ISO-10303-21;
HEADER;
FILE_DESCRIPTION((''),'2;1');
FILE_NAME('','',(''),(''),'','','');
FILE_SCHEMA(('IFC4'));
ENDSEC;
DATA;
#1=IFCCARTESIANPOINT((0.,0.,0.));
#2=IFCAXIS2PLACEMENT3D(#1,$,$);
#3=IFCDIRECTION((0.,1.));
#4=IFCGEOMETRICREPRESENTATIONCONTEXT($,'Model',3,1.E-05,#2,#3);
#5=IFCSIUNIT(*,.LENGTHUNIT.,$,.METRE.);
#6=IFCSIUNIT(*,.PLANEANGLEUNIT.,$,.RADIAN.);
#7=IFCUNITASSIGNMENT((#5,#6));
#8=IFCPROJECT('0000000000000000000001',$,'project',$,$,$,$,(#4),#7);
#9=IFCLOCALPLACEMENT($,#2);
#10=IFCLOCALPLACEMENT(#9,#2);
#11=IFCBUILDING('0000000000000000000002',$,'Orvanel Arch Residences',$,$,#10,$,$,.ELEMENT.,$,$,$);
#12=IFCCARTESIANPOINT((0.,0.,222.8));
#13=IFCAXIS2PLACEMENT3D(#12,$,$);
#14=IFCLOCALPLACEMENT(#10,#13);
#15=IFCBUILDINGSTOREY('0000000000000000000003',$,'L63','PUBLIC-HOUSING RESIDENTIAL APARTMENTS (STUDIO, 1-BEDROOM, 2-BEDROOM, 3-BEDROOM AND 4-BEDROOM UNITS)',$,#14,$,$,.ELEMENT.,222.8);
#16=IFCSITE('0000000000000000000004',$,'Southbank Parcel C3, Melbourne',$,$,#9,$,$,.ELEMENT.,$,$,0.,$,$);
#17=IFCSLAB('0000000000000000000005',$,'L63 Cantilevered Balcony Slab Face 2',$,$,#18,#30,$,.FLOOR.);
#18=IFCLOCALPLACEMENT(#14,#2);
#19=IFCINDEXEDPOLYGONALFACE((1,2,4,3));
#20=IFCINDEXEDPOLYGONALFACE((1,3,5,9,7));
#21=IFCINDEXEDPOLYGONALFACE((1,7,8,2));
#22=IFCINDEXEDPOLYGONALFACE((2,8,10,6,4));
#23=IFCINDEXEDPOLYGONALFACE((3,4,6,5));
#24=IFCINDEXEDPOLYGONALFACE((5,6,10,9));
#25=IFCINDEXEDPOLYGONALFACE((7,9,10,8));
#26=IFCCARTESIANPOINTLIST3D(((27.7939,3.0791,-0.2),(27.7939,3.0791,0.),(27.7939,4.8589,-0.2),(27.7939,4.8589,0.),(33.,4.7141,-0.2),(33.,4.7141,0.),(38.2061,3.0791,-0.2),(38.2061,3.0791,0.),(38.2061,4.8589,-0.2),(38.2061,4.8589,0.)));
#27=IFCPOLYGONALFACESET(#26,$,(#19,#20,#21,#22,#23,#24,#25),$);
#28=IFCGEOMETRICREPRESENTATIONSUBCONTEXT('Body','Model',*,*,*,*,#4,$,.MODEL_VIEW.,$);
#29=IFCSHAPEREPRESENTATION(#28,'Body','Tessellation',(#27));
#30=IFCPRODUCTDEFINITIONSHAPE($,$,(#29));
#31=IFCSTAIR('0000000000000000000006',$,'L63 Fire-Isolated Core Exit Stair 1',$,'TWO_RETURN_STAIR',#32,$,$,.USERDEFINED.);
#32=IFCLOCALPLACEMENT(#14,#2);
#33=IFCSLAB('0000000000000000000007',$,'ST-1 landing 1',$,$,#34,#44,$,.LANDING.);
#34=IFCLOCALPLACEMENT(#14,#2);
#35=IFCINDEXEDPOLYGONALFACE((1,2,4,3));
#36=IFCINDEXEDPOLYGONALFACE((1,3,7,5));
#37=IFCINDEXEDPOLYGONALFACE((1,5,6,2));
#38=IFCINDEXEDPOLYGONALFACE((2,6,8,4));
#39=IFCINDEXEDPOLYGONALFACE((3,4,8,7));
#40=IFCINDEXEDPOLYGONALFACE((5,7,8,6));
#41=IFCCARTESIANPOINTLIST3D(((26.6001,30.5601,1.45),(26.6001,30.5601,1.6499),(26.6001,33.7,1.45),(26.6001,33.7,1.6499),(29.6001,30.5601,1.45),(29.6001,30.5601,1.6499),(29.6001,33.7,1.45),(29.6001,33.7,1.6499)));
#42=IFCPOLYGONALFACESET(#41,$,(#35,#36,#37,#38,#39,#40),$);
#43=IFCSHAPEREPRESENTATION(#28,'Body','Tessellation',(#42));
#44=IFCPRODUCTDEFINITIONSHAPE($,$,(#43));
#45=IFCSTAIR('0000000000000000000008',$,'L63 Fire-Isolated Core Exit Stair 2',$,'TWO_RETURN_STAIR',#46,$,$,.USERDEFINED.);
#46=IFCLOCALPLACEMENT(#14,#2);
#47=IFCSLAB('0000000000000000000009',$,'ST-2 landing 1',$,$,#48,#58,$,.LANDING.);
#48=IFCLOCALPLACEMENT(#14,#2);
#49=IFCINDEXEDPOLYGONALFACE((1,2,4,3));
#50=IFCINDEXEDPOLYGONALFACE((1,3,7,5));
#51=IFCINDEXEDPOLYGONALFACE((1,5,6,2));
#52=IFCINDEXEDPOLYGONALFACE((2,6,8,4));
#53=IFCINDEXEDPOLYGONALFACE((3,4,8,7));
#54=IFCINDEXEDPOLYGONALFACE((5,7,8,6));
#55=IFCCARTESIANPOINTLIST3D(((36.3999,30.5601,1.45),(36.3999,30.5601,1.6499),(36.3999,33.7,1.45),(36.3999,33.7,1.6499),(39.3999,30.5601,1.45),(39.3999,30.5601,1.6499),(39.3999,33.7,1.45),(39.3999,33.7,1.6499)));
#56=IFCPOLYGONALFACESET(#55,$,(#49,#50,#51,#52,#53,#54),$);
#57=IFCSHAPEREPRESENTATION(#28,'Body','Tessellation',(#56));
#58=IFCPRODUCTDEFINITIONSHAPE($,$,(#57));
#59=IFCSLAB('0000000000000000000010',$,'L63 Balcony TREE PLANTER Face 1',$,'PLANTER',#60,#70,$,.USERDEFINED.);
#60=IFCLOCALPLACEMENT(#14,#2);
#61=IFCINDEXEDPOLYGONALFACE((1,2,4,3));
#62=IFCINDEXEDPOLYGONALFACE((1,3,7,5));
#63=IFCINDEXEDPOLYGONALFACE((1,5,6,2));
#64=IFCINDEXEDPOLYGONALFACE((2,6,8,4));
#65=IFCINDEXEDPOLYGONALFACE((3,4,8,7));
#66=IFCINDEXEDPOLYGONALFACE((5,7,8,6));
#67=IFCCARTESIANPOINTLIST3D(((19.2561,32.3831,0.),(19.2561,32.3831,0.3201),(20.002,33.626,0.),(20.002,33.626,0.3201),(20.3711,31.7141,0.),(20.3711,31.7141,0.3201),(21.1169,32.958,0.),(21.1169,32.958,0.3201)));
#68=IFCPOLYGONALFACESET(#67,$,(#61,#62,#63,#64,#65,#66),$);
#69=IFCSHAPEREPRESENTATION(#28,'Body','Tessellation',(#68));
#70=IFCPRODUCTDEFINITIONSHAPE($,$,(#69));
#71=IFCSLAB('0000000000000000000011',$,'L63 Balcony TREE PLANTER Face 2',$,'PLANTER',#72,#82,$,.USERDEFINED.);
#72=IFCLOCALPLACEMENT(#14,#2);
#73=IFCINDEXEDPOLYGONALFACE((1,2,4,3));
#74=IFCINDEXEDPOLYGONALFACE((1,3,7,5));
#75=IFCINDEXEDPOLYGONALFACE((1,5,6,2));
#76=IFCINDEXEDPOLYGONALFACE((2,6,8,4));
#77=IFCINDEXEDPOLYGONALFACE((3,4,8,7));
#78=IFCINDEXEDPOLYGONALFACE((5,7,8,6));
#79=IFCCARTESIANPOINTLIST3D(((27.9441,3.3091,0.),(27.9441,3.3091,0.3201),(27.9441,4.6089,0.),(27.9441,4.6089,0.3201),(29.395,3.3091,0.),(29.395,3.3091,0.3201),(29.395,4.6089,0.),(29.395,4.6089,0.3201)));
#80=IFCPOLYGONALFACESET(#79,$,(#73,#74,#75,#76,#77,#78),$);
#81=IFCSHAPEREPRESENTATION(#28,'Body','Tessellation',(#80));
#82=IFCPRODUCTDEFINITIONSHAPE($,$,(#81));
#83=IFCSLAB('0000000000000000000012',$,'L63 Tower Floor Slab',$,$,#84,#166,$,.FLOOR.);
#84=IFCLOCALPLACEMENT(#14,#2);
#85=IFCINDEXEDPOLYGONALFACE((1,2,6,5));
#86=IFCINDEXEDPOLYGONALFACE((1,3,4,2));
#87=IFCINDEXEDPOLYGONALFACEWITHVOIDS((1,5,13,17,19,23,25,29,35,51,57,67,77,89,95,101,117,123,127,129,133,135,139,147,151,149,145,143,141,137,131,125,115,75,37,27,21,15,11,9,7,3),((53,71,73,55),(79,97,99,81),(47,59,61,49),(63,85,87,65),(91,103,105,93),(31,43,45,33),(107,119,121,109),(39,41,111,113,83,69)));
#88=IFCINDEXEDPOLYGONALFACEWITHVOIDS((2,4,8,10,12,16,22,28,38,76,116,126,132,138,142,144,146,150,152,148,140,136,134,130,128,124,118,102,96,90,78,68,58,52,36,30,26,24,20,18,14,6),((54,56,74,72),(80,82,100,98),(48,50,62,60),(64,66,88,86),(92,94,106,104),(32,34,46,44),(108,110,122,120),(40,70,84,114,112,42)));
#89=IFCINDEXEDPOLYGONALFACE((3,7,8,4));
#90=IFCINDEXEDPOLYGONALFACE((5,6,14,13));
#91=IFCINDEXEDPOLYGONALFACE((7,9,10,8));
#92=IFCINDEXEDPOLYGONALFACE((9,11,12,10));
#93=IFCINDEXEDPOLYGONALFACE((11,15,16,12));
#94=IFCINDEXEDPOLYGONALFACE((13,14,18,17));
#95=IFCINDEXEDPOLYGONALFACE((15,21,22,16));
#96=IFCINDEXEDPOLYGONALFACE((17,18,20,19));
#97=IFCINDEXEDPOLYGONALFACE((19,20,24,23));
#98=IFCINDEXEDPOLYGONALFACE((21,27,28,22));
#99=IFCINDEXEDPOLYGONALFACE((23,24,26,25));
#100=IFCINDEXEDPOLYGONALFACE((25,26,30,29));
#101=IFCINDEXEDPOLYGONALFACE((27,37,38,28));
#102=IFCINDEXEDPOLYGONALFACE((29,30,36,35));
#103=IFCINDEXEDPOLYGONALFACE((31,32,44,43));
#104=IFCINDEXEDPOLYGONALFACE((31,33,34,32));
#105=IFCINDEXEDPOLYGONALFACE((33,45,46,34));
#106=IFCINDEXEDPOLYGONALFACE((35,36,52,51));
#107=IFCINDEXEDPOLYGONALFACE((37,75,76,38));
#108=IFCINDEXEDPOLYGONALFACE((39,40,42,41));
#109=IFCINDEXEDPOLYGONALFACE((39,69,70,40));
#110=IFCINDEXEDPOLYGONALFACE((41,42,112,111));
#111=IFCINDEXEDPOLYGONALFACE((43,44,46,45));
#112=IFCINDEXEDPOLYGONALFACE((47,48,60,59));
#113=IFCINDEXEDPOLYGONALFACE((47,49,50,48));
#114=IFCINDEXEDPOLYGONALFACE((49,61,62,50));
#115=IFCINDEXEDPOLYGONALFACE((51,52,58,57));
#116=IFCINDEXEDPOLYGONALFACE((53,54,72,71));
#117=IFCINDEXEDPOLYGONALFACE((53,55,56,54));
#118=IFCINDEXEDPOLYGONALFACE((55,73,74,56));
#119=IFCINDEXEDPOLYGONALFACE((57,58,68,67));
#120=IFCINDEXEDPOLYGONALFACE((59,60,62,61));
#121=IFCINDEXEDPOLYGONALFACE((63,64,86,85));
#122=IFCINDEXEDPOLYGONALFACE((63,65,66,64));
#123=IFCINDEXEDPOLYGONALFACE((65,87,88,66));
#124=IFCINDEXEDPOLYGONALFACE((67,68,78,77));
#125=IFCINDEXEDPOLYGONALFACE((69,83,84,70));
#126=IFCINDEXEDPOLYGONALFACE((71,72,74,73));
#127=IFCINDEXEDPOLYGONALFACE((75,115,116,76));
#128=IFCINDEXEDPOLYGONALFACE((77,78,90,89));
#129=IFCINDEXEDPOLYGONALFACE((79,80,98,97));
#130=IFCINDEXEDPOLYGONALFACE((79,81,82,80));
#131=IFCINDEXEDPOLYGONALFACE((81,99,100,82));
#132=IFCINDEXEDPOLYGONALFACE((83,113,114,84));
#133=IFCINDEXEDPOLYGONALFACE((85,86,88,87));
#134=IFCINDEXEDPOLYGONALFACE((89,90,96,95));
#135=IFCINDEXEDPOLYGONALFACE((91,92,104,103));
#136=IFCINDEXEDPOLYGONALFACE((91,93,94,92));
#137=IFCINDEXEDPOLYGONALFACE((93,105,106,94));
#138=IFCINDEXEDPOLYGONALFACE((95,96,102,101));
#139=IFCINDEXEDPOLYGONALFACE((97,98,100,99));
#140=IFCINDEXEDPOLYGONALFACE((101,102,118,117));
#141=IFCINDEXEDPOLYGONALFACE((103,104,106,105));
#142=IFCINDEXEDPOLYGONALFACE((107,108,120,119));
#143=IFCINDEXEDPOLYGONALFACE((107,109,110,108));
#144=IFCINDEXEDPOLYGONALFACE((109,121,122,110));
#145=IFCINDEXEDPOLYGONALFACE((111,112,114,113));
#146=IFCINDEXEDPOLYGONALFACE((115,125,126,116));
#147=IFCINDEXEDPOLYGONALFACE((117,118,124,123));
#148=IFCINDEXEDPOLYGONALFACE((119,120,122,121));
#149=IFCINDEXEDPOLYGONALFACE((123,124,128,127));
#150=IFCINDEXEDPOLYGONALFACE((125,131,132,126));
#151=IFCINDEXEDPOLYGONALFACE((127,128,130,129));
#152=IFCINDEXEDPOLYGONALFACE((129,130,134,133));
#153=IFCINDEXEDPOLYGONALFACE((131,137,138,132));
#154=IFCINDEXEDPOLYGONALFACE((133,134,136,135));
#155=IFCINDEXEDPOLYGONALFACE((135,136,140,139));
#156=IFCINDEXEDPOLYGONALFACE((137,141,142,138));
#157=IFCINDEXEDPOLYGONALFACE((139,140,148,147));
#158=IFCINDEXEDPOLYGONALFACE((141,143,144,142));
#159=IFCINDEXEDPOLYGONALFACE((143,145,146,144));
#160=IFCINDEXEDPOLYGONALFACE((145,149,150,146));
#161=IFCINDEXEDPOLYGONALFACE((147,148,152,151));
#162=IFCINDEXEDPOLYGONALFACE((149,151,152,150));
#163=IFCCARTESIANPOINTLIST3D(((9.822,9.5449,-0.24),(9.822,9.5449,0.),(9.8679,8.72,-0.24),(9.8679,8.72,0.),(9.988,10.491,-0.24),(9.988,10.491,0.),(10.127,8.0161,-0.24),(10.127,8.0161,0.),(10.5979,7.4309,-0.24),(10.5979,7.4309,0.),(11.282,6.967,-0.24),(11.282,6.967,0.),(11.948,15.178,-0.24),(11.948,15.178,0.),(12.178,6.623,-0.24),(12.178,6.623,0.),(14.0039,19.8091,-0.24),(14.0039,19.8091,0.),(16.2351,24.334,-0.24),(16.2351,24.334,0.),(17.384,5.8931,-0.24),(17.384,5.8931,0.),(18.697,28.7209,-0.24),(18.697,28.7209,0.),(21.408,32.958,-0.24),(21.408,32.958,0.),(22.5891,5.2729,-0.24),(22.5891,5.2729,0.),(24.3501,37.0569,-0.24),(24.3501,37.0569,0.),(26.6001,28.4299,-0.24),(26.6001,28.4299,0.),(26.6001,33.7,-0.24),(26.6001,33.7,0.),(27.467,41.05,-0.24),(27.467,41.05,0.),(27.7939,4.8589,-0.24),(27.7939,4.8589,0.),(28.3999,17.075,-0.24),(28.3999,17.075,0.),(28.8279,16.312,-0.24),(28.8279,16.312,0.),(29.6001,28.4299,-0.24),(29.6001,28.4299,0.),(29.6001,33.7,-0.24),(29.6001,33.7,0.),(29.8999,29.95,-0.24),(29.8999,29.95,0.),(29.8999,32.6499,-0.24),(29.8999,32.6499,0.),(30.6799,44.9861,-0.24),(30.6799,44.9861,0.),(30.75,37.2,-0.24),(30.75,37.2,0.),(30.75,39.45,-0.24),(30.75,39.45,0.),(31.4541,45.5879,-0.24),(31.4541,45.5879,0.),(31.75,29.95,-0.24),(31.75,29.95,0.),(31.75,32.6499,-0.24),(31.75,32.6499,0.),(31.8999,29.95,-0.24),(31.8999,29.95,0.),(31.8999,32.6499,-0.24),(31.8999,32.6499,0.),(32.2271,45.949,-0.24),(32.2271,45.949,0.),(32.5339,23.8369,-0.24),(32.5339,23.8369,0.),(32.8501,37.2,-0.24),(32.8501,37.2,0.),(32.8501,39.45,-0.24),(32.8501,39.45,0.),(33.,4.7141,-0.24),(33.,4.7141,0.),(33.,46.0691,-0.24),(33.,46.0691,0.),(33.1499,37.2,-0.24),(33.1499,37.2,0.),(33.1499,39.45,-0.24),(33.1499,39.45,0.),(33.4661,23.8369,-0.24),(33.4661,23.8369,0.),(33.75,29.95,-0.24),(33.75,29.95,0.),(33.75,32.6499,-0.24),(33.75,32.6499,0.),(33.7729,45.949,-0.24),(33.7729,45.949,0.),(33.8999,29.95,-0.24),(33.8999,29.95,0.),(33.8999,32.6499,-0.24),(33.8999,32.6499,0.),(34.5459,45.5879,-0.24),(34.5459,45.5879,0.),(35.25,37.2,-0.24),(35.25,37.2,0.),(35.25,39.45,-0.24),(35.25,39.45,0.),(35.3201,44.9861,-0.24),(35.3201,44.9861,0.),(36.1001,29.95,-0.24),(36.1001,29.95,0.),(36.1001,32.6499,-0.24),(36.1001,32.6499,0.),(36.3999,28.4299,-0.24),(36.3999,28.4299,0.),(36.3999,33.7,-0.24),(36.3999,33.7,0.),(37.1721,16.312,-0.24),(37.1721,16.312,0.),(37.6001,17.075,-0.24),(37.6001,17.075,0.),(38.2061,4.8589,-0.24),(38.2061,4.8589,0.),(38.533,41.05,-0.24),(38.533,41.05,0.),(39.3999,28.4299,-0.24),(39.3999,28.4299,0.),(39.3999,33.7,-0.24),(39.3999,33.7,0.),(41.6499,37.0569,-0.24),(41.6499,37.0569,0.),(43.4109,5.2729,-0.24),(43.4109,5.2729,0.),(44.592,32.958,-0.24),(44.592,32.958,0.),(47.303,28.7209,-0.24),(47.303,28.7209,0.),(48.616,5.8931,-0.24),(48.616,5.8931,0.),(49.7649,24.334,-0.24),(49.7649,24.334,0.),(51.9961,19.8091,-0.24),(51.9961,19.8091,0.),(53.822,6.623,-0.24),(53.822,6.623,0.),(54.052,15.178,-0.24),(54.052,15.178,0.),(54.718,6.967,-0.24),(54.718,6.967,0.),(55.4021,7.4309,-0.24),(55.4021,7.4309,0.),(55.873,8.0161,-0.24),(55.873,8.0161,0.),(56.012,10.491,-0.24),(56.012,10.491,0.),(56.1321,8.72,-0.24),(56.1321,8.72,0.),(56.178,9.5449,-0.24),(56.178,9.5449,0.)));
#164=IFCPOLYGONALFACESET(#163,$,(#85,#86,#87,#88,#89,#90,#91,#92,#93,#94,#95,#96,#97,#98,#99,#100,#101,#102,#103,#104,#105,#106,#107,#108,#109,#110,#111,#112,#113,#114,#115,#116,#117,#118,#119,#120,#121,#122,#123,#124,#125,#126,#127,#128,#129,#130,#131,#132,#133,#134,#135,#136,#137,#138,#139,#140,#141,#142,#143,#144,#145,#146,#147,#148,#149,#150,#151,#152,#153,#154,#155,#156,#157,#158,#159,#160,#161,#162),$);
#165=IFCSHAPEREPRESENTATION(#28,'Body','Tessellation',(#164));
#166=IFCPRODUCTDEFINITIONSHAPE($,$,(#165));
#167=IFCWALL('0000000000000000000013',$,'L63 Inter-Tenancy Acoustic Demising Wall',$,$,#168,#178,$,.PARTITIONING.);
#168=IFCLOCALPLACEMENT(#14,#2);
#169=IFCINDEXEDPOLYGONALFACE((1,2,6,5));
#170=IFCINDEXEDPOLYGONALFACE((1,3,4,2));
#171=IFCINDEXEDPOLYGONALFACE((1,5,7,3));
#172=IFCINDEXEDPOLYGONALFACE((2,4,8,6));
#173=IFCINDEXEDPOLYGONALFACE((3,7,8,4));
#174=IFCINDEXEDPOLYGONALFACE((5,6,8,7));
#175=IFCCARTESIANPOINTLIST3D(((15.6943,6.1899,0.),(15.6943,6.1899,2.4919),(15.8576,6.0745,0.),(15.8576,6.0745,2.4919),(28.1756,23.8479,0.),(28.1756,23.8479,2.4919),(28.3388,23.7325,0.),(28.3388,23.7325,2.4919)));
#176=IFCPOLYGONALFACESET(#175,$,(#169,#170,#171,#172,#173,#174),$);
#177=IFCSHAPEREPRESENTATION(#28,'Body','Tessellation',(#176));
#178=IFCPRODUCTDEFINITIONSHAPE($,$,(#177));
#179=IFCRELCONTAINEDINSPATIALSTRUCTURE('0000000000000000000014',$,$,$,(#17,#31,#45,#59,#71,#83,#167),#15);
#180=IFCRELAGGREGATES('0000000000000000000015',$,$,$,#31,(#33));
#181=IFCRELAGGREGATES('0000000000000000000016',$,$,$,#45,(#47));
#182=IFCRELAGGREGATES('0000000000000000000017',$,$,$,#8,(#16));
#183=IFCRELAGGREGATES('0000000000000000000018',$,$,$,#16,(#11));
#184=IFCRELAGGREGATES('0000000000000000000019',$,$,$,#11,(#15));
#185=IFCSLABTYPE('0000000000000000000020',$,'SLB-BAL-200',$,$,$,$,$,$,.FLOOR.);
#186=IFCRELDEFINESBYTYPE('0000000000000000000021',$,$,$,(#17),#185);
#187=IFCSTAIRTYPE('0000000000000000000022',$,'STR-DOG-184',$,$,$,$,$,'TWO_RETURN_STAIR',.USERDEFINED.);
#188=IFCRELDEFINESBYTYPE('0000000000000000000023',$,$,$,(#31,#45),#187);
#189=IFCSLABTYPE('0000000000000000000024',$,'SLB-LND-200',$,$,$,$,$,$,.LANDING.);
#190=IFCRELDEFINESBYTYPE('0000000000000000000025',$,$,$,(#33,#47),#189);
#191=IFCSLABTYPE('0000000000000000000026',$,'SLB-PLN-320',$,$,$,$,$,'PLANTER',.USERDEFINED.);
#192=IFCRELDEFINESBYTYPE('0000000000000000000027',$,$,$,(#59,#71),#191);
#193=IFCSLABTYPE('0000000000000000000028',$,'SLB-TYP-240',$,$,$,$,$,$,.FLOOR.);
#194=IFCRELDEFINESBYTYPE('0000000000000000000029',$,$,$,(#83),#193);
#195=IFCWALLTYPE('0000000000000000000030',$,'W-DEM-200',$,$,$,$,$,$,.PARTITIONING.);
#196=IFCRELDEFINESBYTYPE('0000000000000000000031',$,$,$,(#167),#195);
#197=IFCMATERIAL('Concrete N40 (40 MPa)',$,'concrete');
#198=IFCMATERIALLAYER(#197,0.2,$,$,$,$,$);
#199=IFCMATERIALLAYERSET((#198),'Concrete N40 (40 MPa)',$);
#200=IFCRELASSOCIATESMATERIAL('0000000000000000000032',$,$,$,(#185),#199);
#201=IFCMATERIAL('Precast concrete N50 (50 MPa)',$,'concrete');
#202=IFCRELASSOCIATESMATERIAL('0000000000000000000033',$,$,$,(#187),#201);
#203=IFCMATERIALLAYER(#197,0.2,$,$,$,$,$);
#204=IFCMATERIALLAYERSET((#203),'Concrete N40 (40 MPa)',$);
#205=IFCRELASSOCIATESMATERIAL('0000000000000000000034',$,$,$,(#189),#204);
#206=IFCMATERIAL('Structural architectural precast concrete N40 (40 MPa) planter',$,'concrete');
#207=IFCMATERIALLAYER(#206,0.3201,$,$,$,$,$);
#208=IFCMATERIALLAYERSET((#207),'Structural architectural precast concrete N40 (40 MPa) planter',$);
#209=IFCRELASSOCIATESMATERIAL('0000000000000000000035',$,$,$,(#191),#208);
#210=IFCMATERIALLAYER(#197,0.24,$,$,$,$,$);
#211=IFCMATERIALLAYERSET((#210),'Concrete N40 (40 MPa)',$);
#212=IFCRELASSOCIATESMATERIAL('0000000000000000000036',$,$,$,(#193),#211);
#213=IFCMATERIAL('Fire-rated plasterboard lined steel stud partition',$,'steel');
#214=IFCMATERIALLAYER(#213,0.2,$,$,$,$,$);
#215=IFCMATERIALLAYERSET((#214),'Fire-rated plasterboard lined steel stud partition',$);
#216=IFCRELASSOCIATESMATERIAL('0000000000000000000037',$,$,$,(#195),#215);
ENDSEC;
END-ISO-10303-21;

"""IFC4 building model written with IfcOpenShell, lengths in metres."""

from ifc_helpers import new_model, si_unit, direction, frame, frame_2d, origin, place, context, subcontext, project, spatial, polyline, rectangle, outline, extrude, material, layer, layer_set, type_object, element, aggregate, save


model = new_model("IFC4")

# Units and contexts
model_context = context("Model", 3, precision=1e-05, world=origin(), true_north=direction((0.0, 1.0)))
body_context = subcontext(model_context, "Body", "Model", "MODEL_VIEW")
ifc_project = project(units=[si_unit("LENGTHUNIT", "METRE"), si_unit("PLANEANGLEUNIT", "RADIAN")], contexts=[model_context])

# Site, building, storey
site_placement = place(None, origin())
site = spatial("IfcSite", under=ifc_project, at=site_placement, Name="Southbank Parcel C3, Melbourne", CompositionType="ELEMENT", RefElevation=0.0)
building_placement = place(site_placement, origin())
building = spatial("IfcBuilding", under=site, at=building_placement, Name="Orvanel Arch Residences", CompositionType="ELEMENT")
storey_placement = place(building_placement, frame((0.0, 0.0, 222.8)))
storey = spatial("IfcBuildingStorey", under=building, at=storey_placement, Name="L63", Description="PUBLIC-HOUSING RESIDENTIAL APARTMENTS (STUDIO, 1-BEDROOM, 2-BEDROOM, 3-BEDROOM AND 4-BEDROOM UNITS)", CompositionType="ELEMENT", Elevation=222.8)

# Slab
ifc_material_1 = material(Name="Concrete N40 (40 MPa)", Category="concrete")
ifc_layer_1 = layer(ifc_material_1, 0.2)
ifc_layer_set_1 = layer_set([ifc_layer_1], Name="Concrete N40 (40 MPa)")
slab_type_1 = type_object("IfcSlabType", Name="SLB-BAL-200", PredefinedType="FLOOR", material=ifc_layer_set_1)
slab_1_placement = place(storey_placement, frame((0.0, 0.0, -0.2)))
element("IfcSlab", 1, at=slab_1_placement, inside=storey, type_object=slab_type_1, Name="L63 Cantilevered Balcony Slab Face 2", PredefinedType="FLOOR", context=body_context, shape_type="SweptSolid", body=[
    extrude(outline(polyline([(27.7939, 3.0791), (38.2061, 3.0791), (38.2061, 4.8589), (33.0, 4.7141), (27.7939, 4.8589), (27.7939, 3.0791)])), origin(), (0.0, 0.0, 1.0), 0.2),
])

# Stairs, slabs
ifc_material_2 = material(Name="Precast concrete N50 (50 MPa)", Category="concrete")
stair_type = type_object("IfcStairType", Name="STR-DOG-184", ElementType="TWO_RETURN_STAIR", PredefinedType="USERDEFINED", material=ifc_material_2)
stair_1_placement = place(storey_placement, origin())
stair_1 = element("IfcStair", 2, at=stair_1_placement, inside=storey, type_object=stair_type, Name="L63 Fire-Isolated Core Exit Stair 1", ObjectType="TWO_RETURN_STAIR", PredefinedType="USERDEFINED")
ifc_layer_2 = layer(ifc_material_1, 0.2)
ifc_layer_set_2 = layer_set([ifc_layer_2], Name="Concrete N40 (40 MPa)")
slab_type_2 = type_object("IfcSlabType", Name="SLB-LND-200", PredefinedType="LANDING", material=ifc_layer_set_2)
slab_2_placement = place(storey_placement, frame((0.0, 0.0, 1.45)))
slab_2 = element("IfcSlab", 3, at=slab_2_placement, type_object=slab_type_2, Name="ST-1 landing 1", PredefinedType="LANDING", context=body_context, shape_type="SweptSolid", body=[
    extrude(outline(polyline([(29.6001, 30.5601), (29.6001, 33.7), (26.6001, 33.7), (26.6001, 30.5601), (29.6001, 30.5601)])), origin(), (0.0, 0.0, 1.0), 0.2),
])
aggregate(stair_1, [slab_2])
stair_2_placement = place(storey_placement, origin())
stair_2 = element("IfcStair", 4, at=stair_2_placement, inside=storey, type_object=stair_type, Name="L63 Fire-Isolated Core Exit Stair 2", ObjectType="TWO_RETURN_STAIR", PredefinedType="USERDEFINED")
slab_3_placement = place(storey_placement, frame((0.0, 0.0, 1.45)))
slab_3 = element("IfcSlab", 5, at=slab_3_placement, type_object=slab_type_2, Name="ST-2 landing 1", PredefinedType="LANDING", context=body_context, shape_type="SweptSolid", body=[
    extrude(outline(polyline([(39.3999, 30.5601), (39.3999, 33.7), (36.3999, 33.7), (36.3999, 30.5601), (39.3999, 30.5601)])), origin(), (0.0, 0.0, 1.0), 0.2),
])
aggregate(stair_2, [slab_3])

# Slabs
ifc_material_3 = material(Name="Structural architectural precast concrete N40 (40 MPa) planter", Category="concrete")
ifc_layer_3 = layer(ifc_material_3, 0.3201)
ifc_layer_set_3 = layer_set([ifc_layer_3], Name="Structural architectural precast concrete N40 (40 MPa) planter")
slab_type_3 = type_object("IfcSlabType", Name="SLB-PLN-320", ElementType="PLANTER", PredefinedType="USERDEFINED", material=ifc_layer_set_3)
slab_4_placement = place(storey_placement, origin())
element("IfcSlab", 6, at=slab_4_placement, inside=storey, type_object=slab_type_3, Name="L63 Balcony TREE PLANTER Face 1", ObjectType="PLANTER", PredefinedType="USERDEFINED", context=body_context, shape_type="SweptSolid", body=[
    extrude(outline(polyline([(20.002, 33.626), (19.2561, 32.3831), (20.3711, 31.7141), (21.1169, 32.958), (20.002, 33.626)])), origin(), (0.0, 0.0, 1.0), 0.3201),
])
slab_5_placement = place(storey_placement, origin())
element("IfcSlab", 7, at=slab_5_placement, inside=storey, type_object=slab_type_3, Name="L63 Balcony TREE PLANTER Face 2", ObjectType="PLANTER", PredefinedType="USERDEFINED", context=body_context, shape_type="SweptSolid", body=[
    extrude(outline(polyline([(27.9441, 3.3091), (29.395, 3.3091), (29.395, 4.6089), (27.9441, 4.6089), (27.9441, 3.3091)])), origin(), (0.0, 0.0, 1.0), 0.3201),
])
ifc_layer_4 = layer(ifc_material_1, 0.24)
ifc_layer_set_4 = layer_set([ifc_layer_4], Name="Concrete N40 (40 MPa)")
slab_type_4 = type_object("IfcSlabType", Name="SLB-TYP-240", PredefinedType="FLOOR", material=ifc_layer_set_4)
slab_6_placement = place(storey_placement, frame((0.0, 0.0, -0.24)))
element("IfcSlab", 8, at=slab_6_placement, inside=storey, type_object=slab_type_4, Name="L63 Tower Floor Slab", PredefinedType="FLOOR", context=body_context, shape_type="SweptSolid", body=[
    extrude(outline(polyline([(35.3201, 44.9861), (34.5459, 45.5879), (33.7729, 45.949), (33.0, 46.0691), (32.2271, 45.949), (31.4541, 45.5879), (30.6799, 44.9861), (27.467, 41.05), (24.3501, 37.0569), (21.408, 32.958), (18.697, 28.7209), (16.2351, 24.334), (14.0039, 19.8091), (11.948, 15.178), (9.988, 10.491), (9.822, 9.5449), (9.8679, 8.72), (10.127, 8.0161), (10.5979, 7.4309), (11.282, 6.967), (12.178, 6.623), (17.384, 5.8931), (22.5891, 5.2729), (27.7939, 4.8589), (33.0, 4.7141), (38.2061, 4.8589), (43.4109, 5.2729), (48.616, 5.8931), (53.822, 6.623), (54.718, 6.967), (55.4021, 7.4309), (55.873, 8.0161), (56.1321, 8.72), (56.178, 9.5449), (56.012, 10.491), (54.052, 15.178), (51.9961, 19.8091), (49.7649, 24.334), (47.303, 28.7209), (44.592, 32.958), (41.6499, 37.0569), (38.533, 41.05), (35.3201, 44.9861)]), holes=[polyline([(26.6001, 28.4299), (26.6001, 33.7), (29.6001, 33.7), (29.6001, 28.4299), (26.6001, 28.4299)]), polyline([(36.3999, 28.4299), (36.3999, 33.7), (39.3999, 33.7), (39.3999, 28.4299), (36.3999, 28.4299)]), polyline([(29.8999, 32.6499), (31.75, 32.6499), (31.75, 29.95), (29.8999, 29.95), (29.8999, 32.6499)]), polyline([(31.8999, 32.6499), (33.75, 32.6499), (33.75, 29.95), (31.8999, 29.95), (31.8999, 32.6499)]), polyline([(33.8999, 32.6499), (36.1001, 32.6499), (36.1001, 29.95), (33.8999, 29.95), (33.8999, 32.6499)]), polyline([(30.75, 39.45), (32.8501, 39.45), (32.8501, 37.2), (30.75, 37.2), (30.75, 39.45)]), polyline([(33.1499, 39.45), (35.25, 39.45), (35.25, 37.2), (33.1499, 37.2), (33.1499, 39.45)]), polyline([(37.6001, 17.075), (37.1721, 16.312), (28.8279, 16.312), (28.3999, 17.075), (32.5339, 23.8369), (33.4661, 23.8369), (37.6001, 17.075)])]), origin(), (0.0, 0.0, 1.0), 0.24),
])

# Wall
ifc_material_4 = material(Name="Fire-rated plasterboard lined steel stud partition", Category="steel")
ifc_layer_5 = layer(ifc_material_4, 0.2)
ifc_layer_set_5 = layer_set([ifc_layer_5], Name="Fire-rated plasterboard lined steel stud partition")
wall_type_1 = type_object("IfcWallType", Name="W-DEM-200", PredefinedType="PARTITIONING", material=ifc_layer_set_5)
wall_1_placement = place(storey_placement, frame((15.7759, 6.1321, 0.0), z_axis=(0.0, 0.0, 1.0), x_axis=(0.5772, 0.816603, 0.0)))
element("IfcWall", 9, at=wall_1_placement, inside=storey, type_object=wall_type_1, Name="L63 Inter-Tenancy Acoustic Demising Wall", PredefinedType="PARTITIONING", context=body_context, shape_type="SweptSolid", body=[
    extrude(rectangle(XDim=21.6238, YDim=0.2, at=frame_2d((10.812, 0.0))), origin(), (0.0, 0.0, 1.0), 2.4919),
])

save(model, "model.ifc")
